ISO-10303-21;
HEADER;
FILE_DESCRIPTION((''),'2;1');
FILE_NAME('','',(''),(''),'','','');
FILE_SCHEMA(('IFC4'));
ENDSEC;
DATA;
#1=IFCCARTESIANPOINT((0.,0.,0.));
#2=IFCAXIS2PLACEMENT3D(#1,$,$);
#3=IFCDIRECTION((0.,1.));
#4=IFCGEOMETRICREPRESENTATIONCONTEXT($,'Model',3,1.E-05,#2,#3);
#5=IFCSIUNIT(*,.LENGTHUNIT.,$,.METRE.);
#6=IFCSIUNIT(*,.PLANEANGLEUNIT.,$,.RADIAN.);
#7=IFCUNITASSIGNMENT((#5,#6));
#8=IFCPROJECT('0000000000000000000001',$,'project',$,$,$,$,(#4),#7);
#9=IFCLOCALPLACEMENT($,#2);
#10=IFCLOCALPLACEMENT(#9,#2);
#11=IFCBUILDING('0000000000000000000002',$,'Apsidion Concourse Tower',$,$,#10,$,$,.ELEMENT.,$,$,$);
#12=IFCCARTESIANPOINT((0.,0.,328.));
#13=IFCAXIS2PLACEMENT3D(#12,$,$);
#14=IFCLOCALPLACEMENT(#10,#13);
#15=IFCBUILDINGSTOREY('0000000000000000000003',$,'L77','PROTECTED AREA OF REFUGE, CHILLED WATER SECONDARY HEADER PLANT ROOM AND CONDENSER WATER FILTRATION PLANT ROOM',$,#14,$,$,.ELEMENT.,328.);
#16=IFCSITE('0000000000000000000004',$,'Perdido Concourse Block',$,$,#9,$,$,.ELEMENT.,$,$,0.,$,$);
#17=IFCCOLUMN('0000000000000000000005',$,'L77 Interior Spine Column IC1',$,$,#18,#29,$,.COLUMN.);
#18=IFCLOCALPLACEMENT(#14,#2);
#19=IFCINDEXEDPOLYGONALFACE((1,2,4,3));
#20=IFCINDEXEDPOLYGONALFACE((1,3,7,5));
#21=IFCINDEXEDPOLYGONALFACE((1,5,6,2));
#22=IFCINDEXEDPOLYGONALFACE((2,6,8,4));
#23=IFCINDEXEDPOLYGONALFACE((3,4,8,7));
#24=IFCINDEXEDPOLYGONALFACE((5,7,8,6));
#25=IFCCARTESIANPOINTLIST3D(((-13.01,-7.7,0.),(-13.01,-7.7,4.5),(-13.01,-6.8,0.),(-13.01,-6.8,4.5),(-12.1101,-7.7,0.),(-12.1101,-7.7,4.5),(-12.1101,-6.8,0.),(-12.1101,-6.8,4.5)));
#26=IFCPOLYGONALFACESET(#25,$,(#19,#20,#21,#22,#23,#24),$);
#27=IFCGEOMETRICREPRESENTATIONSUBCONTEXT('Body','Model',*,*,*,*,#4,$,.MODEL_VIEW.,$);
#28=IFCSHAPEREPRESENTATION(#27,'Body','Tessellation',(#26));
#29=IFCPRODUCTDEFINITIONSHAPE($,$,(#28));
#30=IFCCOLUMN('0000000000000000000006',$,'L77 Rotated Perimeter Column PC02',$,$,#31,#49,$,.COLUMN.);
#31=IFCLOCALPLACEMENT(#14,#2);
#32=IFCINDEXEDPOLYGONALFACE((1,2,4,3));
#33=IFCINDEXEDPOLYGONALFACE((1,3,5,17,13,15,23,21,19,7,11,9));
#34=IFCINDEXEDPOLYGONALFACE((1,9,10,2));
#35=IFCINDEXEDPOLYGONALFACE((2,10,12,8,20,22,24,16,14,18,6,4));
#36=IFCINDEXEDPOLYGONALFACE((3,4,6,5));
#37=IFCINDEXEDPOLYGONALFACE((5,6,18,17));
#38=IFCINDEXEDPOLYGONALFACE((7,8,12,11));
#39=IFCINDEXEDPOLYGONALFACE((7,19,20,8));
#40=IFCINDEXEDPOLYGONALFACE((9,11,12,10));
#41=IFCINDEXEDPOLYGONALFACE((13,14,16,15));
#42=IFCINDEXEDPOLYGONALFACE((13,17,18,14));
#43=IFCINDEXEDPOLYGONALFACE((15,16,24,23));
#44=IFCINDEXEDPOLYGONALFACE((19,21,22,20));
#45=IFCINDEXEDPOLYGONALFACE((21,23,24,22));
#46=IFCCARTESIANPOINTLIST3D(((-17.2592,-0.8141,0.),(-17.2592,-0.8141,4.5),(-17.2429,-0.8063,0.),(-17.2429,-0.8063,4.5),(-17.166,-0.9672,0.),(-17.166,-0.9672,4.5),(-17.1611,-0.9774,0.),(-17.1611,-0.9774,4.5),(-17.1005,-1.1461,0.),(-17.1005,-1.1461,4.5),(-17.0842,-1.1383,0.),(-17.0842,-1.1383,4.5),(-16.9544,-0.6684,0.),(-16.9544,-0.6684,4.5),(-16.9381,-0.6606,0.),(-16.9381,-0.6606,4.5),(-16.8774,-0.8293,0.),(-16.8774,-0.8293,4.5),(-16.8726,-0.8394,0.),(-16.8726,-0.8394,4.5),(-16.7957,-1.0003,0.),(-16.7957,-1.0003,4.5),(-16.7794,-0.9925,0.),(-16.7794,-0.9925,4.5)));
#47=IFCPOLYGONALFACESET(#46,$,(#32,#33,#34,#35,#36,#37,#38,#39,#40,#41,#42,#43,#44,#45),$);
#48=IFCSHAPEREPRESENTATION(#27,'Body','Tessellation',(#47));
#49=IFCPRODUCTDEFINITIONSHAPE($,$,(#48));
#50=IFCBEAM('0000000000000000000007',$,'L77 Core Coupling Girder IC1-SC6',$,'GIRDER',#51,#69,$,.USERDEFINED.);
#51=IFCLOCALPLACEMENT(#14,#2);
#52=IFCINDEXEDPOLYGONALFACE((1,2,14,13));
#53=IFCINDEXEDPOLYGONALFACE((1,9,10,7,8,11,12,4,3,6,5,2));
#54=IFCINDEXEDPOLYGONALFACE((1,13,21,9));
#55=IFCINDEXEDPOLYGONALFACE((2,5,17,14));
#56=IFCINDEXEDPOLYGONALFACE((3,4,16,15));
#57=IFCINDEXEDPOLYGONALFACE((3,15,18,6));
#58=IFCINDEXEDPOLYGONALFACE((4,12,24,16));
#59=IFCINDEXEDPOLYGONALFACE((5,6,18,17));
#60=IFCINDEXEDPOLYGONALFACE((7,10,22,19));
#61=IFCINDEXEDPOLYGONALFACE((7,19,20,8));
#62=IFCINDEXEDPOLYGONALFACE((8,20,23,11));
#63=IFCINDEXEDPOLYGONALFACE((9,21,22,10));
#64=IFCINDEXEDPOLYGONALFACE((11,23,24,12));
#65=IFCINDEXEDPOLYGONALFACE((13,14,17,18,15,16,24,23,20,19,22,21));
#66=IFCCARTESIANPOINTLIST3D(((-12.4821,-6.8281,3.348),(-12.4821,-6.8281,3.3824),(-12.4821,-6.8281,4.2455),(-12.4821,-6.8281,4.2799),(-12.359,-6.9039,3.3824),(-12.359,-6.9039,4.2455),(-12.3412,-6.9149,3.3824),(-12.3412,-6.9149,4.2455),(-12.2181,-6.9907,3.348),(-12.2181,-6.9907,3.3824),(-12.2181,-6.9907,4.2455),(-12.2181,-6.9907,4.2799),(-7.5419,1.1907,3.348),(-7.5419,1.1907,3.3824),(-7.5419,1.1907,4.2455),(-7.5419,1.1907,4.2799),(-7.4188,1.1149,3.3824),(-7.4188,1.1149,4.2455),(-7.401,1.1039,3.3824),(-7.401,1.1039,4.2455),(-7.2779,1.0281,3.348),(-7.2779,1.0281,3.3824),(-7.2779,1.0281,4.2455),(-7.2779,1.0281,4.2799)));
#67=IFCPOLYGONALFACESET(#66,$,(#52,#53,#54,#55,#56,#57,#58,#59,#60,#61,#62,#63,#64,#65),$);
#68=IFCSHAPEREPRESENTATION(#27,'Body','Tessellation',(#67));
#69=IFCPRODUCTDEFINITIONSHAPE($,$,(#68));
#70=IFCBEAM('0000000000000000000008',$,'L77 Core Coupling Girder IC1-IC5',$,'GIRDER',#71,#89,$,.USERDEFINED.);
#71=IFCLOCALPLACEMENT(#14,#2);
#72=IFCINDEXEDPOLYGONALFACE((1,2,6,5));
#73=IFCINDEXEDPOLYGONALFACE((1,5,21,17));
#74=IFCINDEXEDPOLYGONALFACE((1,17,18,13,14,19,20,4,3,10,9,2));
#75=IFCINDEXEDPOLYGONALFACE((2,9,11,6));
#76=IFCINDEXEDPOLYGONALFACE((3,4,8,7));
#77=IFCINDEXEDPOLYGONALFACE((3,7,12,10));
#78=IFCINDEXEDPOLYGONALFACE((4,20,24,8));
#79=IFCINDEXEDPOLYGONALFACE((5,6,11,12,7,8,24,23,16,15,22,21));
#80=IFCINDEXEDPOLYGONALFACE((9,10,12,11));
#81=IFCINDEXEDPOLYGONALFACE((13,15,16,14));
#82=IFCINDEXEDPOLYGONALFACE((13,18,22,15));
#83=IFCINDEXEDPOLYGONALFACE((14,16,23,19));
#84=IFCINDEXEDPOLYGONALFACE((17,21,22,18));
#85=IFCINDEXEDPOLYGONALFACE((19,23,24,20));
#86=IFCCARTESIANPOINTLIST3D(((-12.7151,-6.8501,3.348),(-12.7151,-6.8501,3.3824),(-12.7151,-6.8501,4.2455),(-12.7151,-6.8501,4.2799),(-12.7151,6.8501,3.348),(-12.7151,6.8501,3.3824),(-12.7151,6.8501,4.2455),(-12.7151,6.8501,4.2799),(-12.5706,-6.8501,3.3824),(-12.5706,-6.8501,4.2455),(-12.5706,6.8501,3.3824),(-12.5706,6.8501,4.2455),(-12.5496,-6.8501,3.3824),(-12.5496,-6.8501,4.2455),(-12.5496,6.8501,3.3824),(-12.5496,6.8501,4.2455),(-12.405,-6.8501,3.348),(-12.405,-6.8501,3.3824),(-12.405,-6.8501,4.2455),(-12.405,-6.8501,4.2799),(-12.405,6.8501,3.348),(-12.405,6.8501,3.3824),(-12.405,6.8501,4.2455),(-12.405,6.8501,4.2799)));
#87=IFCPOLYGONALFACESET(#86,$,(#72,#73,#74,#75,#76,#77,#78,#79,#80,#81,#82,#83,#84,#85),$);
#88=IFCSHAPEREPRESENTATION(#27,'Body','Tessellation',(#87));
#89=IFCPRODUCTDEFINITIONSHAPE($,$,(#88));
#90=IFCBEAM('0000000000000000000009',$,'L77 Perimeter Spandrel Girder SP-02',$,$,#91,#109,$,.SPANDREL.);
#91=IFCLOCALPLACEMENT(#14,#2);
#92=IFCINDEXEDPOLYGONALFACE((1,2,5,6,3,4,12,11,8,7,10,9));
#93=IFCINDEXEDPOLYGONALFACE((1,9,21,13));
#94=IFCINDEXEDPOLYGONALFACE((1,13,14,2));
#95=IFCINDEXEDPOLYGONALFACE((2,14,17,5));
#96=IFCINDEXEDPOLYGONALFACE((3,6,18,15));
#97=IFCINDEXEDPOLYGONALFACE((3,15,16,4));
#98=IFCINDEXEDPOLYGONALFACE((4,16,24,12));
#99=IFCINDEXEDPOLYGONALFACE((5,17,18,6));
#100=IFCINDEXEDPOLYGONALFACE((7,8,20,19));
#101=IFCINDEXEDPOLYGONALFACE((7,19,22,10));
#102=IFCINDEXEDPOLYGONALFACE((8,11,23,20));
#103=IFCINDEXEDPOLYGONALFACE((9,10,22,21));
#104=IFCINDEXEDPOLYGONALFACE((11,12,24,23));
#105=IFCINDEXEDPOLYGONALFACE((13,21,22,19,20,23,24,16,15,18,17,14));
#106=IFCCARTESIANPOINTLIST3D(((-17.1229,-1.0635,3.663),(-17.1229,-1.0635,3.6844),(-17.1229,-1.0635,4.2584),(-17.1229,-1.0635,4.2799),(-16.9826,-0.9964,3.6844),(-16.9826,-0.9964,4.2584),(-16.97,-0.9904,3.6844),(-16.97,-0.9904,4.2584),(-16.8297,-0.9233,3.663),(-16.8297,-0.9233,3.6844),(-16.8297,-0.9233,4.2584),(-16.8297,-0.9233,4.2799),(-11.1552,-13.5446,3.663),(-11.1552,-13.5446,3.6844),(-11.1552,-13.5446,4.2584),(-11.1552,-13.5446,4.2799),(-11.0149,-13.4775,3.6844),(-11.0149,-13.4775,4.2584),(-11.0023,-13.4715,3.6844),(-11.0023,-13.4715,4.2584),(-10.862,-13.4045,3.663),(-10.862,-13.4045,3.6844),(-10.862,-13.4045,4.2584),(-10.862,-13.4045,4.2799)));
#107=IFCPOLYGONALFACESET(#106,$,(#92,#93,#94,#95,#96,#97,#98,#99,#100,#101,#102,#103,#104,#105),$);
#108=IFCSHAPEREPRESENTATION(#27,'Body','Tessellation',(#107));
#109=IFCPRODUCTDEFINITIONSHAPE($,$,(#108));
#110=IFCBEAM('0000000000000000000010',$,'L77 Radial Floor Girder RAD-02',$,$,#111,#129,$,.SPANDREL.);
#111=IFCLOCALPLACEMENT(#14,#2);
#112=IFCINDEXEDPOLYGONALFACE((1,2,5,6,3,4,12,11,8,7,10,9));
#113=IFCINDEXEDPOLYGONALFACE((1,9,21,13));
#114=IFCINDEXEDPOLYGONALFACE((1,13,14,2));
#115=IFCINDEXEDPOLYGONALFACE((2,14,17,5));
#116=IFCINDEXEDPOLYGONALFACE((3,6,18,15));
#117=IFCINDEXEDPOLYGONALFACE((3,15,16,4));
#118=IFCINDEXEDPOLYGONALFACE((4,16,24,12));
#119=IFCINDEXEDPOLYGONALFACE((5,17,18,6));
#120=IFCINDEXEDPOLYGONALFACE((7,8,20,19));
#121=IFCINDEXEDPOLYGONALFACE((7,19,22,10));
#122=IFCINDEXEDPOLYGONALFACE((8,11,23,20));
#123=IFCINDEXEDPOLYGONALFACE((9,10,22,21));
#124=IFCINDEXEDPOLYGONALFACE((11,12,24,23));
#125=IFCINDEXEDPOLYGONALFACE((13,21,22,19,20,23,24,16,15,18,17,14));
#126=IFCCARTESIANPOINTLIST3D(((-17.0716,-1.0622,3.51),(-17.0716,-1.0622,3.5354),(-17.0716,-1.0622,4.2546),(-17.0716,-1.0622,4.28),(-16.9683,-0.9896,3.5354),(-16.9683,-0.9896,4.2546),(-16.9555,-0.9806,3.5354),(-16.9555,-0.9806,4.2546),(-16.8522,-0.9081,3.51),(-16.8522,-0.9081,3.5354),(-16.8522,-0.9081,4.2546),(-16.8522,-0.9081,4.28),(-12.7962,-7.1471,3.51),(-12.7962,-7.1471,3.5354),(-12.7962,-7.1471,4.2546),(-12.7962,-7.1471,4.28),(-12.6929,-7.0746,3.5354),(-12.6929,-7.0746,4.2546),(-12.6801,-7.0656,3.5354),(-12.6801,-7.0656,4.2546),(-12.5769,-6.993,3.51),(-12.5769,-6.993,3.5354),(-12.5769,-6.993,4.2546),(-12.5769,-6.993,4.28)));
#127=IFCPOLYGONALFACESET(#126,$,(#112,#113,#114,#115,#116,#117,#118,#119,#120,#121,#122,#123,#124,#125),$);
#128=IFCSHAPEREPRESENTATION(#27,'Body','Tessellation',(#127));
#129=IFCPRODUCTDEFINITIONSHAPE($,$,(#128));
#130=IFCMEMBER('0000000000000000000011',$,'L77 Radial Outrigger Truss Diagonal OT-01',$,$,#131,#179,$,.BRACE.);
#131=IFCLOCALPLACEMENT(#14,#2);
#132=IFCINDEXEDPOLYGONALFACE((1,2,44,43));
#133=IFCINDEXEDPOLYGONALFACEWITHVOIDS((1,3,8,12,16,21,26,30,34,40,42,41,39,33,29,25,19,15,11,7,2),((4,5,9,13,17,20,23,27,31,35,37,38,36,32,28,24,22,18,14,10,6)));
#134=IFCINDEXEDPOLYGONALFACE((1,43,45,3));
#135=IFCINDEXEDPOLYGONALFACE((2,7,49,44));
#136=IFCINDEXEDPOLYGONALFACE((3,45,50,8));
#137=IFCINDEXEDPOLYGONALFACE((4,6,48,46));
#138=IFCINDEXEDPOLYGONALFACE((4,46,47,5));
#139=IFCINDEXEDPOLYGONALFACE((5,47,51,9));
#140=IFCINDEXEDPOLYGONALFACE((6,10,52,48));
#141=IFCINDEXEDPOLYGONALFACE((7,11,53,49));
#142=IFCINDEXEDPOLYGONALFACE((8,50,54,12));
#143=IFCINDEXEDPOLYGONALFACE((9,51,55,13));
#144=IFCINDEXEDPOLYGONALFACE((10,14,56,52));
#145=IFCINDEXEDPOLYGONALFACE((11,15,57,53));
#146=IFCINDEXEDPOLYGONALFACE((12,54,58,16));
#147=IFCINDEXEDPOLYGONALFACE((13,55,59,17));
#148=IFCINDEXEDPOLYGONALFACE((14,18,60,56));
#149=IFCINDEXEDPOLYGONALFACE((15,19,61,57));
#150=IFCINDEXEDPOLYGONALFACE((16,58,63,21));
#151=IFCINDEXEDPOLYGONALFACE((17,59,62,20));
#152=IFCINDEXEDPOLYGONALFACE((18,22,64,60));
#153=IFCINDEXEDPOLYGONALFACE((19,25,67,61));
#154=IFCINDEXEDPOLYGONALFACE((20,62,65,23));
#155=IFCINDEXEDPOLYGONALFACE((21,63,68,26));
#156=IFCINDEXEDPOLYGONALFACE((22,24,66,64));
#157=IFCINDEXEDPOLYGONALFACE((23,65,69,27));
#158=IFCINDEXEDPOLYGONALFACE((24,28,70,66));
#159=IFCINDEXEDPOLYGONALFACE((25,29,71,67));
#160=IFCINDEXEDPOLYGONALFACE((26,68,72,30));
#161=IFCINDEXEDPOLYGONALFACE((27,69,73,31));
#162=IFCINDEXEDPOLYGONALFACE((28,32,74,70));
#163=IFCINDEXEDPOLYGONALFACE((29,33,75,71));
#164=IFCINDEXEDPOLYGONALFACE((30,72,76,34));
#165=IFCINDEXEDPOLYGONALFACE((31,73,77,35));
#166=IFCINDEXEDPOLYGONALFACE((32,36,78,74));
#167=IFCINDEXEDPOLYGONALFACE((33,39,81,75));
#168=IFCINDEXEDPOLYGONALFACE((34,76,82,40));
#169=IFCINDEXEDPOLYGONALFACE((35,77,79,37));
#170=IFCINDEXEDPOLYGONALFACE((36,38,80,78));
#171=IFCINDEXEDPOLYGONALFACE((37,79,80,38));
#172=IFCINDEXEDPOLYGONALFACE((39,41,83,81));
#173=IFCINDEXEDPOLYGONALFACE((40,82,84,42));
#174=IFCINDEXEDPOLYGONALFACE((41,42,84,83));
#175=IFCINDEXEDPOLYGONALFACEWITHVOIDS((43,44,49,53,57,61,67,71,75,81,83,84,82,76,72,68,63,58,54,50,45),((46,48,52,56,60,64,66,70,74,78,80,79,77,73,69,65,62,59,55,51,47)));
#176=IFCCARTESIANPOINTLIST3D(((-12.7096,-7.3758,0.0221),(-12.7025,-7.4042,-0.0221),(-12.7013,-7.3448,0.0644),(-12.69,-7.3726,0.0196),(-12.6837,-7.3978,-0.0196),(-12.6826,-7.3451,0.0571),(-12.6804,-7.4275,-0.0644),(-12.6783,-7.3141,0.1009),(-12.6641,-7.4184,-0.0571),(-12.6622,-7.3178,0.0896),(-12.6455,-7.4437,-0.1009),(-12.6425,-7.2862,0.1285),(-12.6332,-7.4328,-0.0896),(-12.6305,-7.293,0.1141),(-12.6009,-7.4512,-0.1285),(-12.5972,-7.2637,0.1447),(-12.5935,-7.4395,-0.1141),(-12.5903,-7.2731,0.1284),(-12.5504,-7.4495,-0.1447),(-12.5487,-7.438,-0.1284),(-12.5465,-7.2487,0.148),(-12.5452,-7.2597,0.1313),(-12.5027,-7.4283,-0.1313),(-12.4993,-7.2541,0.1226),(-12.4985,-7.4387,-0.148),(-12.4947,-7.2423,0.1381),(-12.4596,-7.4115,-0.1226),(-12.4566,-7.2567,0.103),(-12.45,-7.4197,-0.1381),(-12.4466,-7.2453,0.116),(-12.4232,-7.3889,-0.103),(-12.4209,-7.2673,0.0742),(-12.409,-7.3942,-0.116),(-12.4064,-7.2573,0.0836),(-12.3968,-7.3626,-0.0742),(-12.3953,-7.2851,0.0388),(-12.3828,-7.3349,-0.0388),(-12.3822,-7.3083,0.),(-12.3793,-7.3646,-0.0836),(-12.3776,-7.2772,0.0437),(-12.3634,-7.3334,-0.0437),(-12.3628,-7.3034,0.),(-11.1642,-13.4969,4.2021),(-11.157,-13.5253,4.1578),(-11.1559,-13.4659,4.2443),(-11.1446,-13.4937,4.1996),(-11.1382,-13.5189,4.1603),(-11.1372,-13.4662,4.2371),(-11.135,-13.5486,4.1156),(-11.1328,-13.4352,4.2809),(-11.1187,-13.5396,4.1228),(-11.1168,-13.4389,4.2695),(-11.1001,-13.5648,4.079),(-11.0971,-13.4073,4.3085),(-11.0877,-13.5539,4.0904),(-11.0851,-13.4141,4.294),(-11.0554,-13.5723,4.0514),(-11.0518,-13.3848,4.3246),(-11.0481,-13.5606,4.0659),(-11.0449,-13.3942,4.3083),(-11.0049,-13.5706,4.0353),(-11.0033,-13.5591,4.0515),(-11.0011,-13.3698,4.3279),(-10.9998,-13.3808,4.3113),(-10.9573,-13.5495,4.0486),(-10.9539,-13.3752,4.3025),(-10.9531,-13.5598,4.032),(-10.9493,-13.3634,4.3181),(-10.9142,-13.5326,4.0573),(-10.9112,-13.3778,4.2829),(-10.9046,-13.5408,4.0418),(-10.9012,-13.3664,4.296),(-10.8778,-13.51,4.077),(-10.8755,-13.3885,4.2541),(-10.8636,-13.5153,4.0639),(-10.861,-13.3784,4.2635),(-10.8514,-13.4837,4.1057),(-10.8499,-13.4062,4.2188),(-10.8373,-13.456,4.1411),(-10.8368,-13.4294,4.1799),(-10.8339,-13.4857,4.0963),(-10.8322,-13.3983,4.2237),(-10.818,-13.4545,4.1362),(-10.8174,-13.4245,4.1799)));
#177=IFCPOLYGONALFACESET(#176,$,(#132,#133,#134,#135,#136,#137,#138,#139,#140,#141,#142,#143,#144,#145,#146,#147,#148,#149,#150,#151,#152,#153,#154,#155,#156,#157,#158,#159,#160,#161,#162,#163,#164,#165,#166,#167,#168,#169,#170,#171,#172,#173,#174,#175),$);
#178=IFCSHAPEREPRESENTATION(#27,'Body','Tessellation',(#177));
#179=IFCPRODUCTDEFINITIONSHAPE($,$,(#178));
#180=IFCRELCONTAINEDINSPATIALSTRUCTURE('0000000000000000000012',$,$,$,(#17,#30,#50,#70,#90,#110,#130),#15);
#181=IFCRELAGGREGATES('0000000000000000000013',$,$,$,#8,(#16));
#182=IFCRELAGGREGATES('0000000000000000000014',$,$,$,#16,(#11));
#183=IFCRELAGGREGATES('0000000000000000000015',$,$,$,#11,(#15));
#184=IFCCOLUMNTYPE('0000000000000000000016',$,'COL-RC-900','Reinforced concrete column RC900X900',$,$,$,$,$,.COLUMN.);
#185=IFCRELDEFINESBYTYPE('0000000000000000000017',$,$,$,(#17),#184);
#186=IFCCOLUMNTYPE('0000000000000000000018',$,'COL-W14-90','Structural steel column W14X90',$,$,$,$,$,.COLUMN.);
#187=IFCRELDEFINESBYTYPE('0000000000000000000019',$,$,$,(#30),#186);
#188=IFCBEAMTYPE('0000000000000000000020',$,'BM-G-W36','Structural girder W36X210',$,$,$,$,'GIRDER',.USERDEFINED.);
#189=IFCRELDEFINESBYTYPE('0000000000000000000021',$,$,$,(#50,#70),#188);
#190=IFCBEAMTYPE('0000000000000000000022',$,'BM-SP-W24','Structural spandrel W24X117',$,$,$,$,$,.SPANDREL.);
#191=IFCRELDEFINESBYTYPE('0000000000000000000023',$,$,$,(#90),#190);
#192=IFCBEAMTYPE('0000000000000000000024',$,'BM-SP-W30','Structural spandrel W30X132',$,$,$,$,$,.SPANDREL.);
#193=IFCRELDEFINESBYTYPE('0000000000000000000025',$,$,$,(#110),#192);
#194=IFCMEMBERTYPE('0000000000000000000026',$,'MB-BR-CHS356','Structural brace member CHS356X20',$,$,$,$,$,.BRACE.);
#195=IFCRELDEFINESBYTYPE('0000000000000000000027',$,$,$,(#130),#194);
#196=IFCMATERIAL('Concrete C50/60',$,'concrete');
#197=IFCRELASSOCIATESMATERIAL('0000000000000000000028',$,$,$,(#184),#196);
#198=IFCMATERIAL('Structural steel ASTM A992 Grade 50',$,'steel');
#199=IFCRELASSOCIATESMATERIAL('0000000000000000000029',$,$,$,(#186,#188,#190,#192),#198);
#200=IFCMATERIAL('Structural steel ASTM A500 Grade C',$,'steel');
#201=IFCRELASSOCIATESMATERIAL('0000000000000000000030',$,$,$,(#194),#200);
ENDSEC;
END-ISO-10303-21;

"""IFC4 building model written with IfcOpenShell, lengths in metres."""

from ifc_helpers import new_model, si_unit, direction, frame, origin, origin_2d, place, context, subcontext, project, spatial, rectangle, hollow_circle, i_section, extrude, material, material_profile, profile_set, type_object, element, save


model = new_model("IFC4")

# Units and contexts
model_context = context("Model", 3, precision=1e-05, world=origin(), true_north=direction((0.0, 1.0)))
body_context = subcontext(model_context, "Body", "Model", "MODEL_VIEW")
ifc_project = project(units=[si_unit("LENGTHUNIT", "METRE"), si_unit("PLANEANGLEUNIT", "RADIAN")], contexts=[model_context])

# Site, building, storey
site_placement = place(None, origin())
site = spatial("IfcSite", under=ifc_project, at=site_placement, Name="Perdido Concourse Block", CompositionType="ELEMENT", RefElevation=0.0)
building_placement = place(site_placement, origin())
building = spatial("IfcBuilding", under=site, at=building_placement, Name="Apsidion Concourse Tower", CompositionType="ELEMENT")
storey_placement = place(building_placement, frame((0.0, 0.0, 328.0)))
storey = spatial("IfcBuildingStorey", under=building, at=storey_placement, Name="L77", Description="PROTECTED AREA OF REFUGE, CHILLED WATER SECONDARY HEADER PLANT ROOM AND CONDENSER WATER FILTRATION PLANT ROOM", CompositionType="ELEMENT", Elevation=328.0)

# Columns
ifc_material_1 = material(Name="Concrete C50/60", Category="concrete")
ifc_material_profile_1 = material_profile(ifc_material_1, rectangle(XDim=0.8999, YDim=0.8999, at=origin_2d()), Name="RC 900x900")
ifc_profile_set_1 = profile_set([ifc_material_profile_1], Name="Concrete C50/60")
column_type_1 = type_object("IfcColumnType", Name="COL-RC-900", Description="Reinforced concrete column RC900X900", PredefinedType="COLUMN", material=ifc_profile_set_1)
column_1_placement = place(storey_placement, frame((-12.5601, -7.25, 0.0), z_axis=(0.0, 0.0, 1.0), x_axis=(1.0, 0.0, 0.0)))
element("IfcColumn", 1, at=column_1_placement, inside=storey, type_object=column_type_1, Name="L77 Interior Spine Column IC1", PredefinedType="COLUMN", context=body_context, shape_type="SweptSolid", body=[
    extrude(rectangle(XDim=0.8999, YDim=0.8999, at=origin_2d()), origin(), (0.0, 0.0, 1.0), 4.5),
])
ifc_material_2 = material(Name="Structural steel ASTM A992 Grade 50", Category="steel")
ifc_material_profile_2 = material_profile(ifc_material_2, i_section(OverallWidth=0.3679, OverallDepth=0.356, WebThickness=0.0112, FlangeThickness=0.0181, at=origin_2d()), Name="W14X90")
ifc_profile_set_2 = profile_set([ifc_material_profile_2], Name="Structural steel ASTM A992 Grade 50")
column_type_2 = type_object("IfcColumnType", Name="COL-W14-90", Description="Structural steel column W14X90", PredefinedType="COLUMN", material=ifc_profile_set_2)
column_2_placement = place(storey_placement, frame((-17.0193, -0.9033, 0.0), z_axis=(0.0, 0.0, 1.0), x_axis=(-0.431299, 0.902209, 0.0)))
element("IfcColumn", 2, at=column_2_placement, inside=storey, type_object=column_type_2, Name="L77 Rotated Perimeter Column PC02", PredefinedType="COLUMN", context=body_context, shape_type="SweptSolid", body=[
    extrude(i_section(OverallWidth=0.3679, OverallDepth=0.356, WebThickness=0.0112, FlangeThickness=0.0181, at=origin_2d()), origin(), (0.0, 0.0, 1.0), 4.5),
])

# Beams
ifc_material_profile_3 = material_profile(ifc_material_2, i_section(OverallWidth=0.3101, OverallDepth=0.9319, WebThickness=0.021, FlangeThickness=0.0344, at=origin_2d()), Name="W36X210")
ifc_profile_set_3 = profile_set([ifc_material_profile_3], Name="Structural steel ASTM A992 Grade 50")
beam_type_1 = type_object("IfcBeamType", Name="BM-G-W36", Description="Structural girder W36X210", ElementType="GIRDER", PredefinedType="USERDEFINED", material=ifc_profile_set_3)
beam_1_placement = place(storey_placement, frame((-12.3501, -6.9094, 3.814), z_axis=(0.524524, 0.851396, 0.0), x_axis=(-0.851396, 0.524524, 0.0)))
element("IfcBeam", 3, at=beam_1_placement, inside=storey, type_object=beam_type_1, Name="L77 Core Coupling Girder IC1-SC6", ObjectType="GIRDER", PredefinedType="USERDEFINED", context=body_context, shape_type="SweptSolid", body=[
    extrude(i_section(OverallWidth=0.3101, OverallDepth=0.9319, WebThickness=0.021, FlangeThickness=0.0344, at=origin_2d()), origin(), (0.0, 0.0, 1.0), 9.4185),
])
beam_2_placement = place(storey_placement, frame((-12.5601, -6.8501, 3.814), z_axis=(0.0, 1.0, 0.0), x_axis=(-1.0, 0.0, 0.0)))
element("IfcBeam", 4, at=beam_2_placement, inside=storey, type_object=beam_type_1, Name="L77 Core Coupling Girder IC1-IC5", ObjectType="GIRDER", PredefinedType="USERDEFINED", context=body_context, shape_type="SweptSolid", body=[
    extrude(i_section(OverallWidth=0.3101, OverallDepth=0.9319, WebThickness=0.021, FlangeThickness=0.0344, at=origin_2d()), origin(), (0.0, 0.0, 1.0), 13.7002),
])
ifc_material_profile_4 = material_profile(ifc_material_2, i_section(OverallWidth=0.325, OverallDepth=0.6169, WebThickness=0.0139, FlangeThickness=0.0215, at=origin_2d()), Name="W24X117")
ifc_profile_set_4 = profile_set([ifc_material_profile_4], Name="Structural steel ASTM A992 Grade 50")
beam_type_2 = type_object("IfcBeamType", Name="BM-SP-W24", Description="Structural spandrel W24X117", PredefinedType="SPANDREL", material=ifc_profile_set_4)
beam_3_placement = place(storey_placement, frame((-16.9763, -0.9934, 3.9714), z_axis=(0.431367, -0.902176, 0.0), x_axis=(0.902176, 0.431367, 0.0)))
element("IfcBeam", 5, at=beam_3_placement, inside=storey, type_object=beam_type_2, Name="L77 Perimeter Spandrel Girder SP-02", PredefinedType="SPANDREL", context=body_context, shape_type="SweptSolid", body=[
    extrude(i_section(OverallWidth=0.325, OverallDepth=0.6169, WebThickness=0.0139, FlangeThickness=0.0215, at=origin_2d()), origin(), (0.0, 0.0, 1.0), 13.8345),
])
ifc_material_profile_5 = material_profile(ifc_material_2, i_section(OverallWidth=0.2681, OverallDepth=0.77, WebThickness=0.0156, FlangeThickness=0.0254, at=origin_2d()), Name="W30X132")
ifc_profile_set_5 = profile_set([ifc_material_profile_5], Name="Structural steel ASTM A992 Grade 50")
beam_type_3 = type_object("IfcBeamType", Name="BM-SP-W30", Description="Structural spandrel W30X132", PredefinedType="SPANDREL", material=ifc_profile_set_5)
beam_4_placement = place(storey_placement, frame((-12.6865, -7.0701, 3.895), z_axis=(-0.574898, 0.818225, 0.0), x_axis=(-0.818225, -0.574898, 0.0)))
element("IfcBeam", 6, at=beam_4_placement, inside=storey, type_object=beam_type_3, Name="L77 Radial Floor Girder RAD-02", PredefinedType="SPANDREL", context=body_context, shape_type="SweptSolid", body=[
    extrude(i_section(OverallWidth=0.2681, OverallDepth=0.77, WebThickness=0.0156, FlangeThickness=0.0254, at=origin_2d()), origin(), (0.0, 0.0, 1.0), 7.4368),
])

# Member
ifc_material_3 = material(Name="Structural steel ASTM A500 Grade C", Category="steel")
ifc_material_profile_6 = material_profile(ifc_material_3, hollow_circle(Radius=0.178, WallThickness=0.02, at=origin_2d()), Name="CHS356X20")
ifc_profile_set_6 = profile_set([ifc_material_profile_6], Name="Structural steel ASTM A500 Grade C")
member_type_1 = type_object("IfcMemberType", Name="MB-BR-CHS356", Description="Structural brace member CHS356X20", PredefinedType="BRACE", material=ifc_profile_set_6)
member_1_placement = place(storey_placement, frame((-12.5354, -7.3469, 0.0), z_axis=(0.204108, -0.808437, 0.55206), x_axis=(0.969576, 0.244792, 0.0)))
element("IfcMember", 7, at=member_1_placement, inside=storey, type_object=member_type_1, Name="L77 Radial Outrigger Truss Diagonal OT-01", PredefinedType="BRACE", context=body_context, shape_type="SweptSolid", body=[
    extrude(hollow_circle(Radius=0.178, WallThickness=0.02, at=origin_2d()), origin(), (0.0, 0.0, 1.0), 7.5715),
])

save(model, "model.ifc")
